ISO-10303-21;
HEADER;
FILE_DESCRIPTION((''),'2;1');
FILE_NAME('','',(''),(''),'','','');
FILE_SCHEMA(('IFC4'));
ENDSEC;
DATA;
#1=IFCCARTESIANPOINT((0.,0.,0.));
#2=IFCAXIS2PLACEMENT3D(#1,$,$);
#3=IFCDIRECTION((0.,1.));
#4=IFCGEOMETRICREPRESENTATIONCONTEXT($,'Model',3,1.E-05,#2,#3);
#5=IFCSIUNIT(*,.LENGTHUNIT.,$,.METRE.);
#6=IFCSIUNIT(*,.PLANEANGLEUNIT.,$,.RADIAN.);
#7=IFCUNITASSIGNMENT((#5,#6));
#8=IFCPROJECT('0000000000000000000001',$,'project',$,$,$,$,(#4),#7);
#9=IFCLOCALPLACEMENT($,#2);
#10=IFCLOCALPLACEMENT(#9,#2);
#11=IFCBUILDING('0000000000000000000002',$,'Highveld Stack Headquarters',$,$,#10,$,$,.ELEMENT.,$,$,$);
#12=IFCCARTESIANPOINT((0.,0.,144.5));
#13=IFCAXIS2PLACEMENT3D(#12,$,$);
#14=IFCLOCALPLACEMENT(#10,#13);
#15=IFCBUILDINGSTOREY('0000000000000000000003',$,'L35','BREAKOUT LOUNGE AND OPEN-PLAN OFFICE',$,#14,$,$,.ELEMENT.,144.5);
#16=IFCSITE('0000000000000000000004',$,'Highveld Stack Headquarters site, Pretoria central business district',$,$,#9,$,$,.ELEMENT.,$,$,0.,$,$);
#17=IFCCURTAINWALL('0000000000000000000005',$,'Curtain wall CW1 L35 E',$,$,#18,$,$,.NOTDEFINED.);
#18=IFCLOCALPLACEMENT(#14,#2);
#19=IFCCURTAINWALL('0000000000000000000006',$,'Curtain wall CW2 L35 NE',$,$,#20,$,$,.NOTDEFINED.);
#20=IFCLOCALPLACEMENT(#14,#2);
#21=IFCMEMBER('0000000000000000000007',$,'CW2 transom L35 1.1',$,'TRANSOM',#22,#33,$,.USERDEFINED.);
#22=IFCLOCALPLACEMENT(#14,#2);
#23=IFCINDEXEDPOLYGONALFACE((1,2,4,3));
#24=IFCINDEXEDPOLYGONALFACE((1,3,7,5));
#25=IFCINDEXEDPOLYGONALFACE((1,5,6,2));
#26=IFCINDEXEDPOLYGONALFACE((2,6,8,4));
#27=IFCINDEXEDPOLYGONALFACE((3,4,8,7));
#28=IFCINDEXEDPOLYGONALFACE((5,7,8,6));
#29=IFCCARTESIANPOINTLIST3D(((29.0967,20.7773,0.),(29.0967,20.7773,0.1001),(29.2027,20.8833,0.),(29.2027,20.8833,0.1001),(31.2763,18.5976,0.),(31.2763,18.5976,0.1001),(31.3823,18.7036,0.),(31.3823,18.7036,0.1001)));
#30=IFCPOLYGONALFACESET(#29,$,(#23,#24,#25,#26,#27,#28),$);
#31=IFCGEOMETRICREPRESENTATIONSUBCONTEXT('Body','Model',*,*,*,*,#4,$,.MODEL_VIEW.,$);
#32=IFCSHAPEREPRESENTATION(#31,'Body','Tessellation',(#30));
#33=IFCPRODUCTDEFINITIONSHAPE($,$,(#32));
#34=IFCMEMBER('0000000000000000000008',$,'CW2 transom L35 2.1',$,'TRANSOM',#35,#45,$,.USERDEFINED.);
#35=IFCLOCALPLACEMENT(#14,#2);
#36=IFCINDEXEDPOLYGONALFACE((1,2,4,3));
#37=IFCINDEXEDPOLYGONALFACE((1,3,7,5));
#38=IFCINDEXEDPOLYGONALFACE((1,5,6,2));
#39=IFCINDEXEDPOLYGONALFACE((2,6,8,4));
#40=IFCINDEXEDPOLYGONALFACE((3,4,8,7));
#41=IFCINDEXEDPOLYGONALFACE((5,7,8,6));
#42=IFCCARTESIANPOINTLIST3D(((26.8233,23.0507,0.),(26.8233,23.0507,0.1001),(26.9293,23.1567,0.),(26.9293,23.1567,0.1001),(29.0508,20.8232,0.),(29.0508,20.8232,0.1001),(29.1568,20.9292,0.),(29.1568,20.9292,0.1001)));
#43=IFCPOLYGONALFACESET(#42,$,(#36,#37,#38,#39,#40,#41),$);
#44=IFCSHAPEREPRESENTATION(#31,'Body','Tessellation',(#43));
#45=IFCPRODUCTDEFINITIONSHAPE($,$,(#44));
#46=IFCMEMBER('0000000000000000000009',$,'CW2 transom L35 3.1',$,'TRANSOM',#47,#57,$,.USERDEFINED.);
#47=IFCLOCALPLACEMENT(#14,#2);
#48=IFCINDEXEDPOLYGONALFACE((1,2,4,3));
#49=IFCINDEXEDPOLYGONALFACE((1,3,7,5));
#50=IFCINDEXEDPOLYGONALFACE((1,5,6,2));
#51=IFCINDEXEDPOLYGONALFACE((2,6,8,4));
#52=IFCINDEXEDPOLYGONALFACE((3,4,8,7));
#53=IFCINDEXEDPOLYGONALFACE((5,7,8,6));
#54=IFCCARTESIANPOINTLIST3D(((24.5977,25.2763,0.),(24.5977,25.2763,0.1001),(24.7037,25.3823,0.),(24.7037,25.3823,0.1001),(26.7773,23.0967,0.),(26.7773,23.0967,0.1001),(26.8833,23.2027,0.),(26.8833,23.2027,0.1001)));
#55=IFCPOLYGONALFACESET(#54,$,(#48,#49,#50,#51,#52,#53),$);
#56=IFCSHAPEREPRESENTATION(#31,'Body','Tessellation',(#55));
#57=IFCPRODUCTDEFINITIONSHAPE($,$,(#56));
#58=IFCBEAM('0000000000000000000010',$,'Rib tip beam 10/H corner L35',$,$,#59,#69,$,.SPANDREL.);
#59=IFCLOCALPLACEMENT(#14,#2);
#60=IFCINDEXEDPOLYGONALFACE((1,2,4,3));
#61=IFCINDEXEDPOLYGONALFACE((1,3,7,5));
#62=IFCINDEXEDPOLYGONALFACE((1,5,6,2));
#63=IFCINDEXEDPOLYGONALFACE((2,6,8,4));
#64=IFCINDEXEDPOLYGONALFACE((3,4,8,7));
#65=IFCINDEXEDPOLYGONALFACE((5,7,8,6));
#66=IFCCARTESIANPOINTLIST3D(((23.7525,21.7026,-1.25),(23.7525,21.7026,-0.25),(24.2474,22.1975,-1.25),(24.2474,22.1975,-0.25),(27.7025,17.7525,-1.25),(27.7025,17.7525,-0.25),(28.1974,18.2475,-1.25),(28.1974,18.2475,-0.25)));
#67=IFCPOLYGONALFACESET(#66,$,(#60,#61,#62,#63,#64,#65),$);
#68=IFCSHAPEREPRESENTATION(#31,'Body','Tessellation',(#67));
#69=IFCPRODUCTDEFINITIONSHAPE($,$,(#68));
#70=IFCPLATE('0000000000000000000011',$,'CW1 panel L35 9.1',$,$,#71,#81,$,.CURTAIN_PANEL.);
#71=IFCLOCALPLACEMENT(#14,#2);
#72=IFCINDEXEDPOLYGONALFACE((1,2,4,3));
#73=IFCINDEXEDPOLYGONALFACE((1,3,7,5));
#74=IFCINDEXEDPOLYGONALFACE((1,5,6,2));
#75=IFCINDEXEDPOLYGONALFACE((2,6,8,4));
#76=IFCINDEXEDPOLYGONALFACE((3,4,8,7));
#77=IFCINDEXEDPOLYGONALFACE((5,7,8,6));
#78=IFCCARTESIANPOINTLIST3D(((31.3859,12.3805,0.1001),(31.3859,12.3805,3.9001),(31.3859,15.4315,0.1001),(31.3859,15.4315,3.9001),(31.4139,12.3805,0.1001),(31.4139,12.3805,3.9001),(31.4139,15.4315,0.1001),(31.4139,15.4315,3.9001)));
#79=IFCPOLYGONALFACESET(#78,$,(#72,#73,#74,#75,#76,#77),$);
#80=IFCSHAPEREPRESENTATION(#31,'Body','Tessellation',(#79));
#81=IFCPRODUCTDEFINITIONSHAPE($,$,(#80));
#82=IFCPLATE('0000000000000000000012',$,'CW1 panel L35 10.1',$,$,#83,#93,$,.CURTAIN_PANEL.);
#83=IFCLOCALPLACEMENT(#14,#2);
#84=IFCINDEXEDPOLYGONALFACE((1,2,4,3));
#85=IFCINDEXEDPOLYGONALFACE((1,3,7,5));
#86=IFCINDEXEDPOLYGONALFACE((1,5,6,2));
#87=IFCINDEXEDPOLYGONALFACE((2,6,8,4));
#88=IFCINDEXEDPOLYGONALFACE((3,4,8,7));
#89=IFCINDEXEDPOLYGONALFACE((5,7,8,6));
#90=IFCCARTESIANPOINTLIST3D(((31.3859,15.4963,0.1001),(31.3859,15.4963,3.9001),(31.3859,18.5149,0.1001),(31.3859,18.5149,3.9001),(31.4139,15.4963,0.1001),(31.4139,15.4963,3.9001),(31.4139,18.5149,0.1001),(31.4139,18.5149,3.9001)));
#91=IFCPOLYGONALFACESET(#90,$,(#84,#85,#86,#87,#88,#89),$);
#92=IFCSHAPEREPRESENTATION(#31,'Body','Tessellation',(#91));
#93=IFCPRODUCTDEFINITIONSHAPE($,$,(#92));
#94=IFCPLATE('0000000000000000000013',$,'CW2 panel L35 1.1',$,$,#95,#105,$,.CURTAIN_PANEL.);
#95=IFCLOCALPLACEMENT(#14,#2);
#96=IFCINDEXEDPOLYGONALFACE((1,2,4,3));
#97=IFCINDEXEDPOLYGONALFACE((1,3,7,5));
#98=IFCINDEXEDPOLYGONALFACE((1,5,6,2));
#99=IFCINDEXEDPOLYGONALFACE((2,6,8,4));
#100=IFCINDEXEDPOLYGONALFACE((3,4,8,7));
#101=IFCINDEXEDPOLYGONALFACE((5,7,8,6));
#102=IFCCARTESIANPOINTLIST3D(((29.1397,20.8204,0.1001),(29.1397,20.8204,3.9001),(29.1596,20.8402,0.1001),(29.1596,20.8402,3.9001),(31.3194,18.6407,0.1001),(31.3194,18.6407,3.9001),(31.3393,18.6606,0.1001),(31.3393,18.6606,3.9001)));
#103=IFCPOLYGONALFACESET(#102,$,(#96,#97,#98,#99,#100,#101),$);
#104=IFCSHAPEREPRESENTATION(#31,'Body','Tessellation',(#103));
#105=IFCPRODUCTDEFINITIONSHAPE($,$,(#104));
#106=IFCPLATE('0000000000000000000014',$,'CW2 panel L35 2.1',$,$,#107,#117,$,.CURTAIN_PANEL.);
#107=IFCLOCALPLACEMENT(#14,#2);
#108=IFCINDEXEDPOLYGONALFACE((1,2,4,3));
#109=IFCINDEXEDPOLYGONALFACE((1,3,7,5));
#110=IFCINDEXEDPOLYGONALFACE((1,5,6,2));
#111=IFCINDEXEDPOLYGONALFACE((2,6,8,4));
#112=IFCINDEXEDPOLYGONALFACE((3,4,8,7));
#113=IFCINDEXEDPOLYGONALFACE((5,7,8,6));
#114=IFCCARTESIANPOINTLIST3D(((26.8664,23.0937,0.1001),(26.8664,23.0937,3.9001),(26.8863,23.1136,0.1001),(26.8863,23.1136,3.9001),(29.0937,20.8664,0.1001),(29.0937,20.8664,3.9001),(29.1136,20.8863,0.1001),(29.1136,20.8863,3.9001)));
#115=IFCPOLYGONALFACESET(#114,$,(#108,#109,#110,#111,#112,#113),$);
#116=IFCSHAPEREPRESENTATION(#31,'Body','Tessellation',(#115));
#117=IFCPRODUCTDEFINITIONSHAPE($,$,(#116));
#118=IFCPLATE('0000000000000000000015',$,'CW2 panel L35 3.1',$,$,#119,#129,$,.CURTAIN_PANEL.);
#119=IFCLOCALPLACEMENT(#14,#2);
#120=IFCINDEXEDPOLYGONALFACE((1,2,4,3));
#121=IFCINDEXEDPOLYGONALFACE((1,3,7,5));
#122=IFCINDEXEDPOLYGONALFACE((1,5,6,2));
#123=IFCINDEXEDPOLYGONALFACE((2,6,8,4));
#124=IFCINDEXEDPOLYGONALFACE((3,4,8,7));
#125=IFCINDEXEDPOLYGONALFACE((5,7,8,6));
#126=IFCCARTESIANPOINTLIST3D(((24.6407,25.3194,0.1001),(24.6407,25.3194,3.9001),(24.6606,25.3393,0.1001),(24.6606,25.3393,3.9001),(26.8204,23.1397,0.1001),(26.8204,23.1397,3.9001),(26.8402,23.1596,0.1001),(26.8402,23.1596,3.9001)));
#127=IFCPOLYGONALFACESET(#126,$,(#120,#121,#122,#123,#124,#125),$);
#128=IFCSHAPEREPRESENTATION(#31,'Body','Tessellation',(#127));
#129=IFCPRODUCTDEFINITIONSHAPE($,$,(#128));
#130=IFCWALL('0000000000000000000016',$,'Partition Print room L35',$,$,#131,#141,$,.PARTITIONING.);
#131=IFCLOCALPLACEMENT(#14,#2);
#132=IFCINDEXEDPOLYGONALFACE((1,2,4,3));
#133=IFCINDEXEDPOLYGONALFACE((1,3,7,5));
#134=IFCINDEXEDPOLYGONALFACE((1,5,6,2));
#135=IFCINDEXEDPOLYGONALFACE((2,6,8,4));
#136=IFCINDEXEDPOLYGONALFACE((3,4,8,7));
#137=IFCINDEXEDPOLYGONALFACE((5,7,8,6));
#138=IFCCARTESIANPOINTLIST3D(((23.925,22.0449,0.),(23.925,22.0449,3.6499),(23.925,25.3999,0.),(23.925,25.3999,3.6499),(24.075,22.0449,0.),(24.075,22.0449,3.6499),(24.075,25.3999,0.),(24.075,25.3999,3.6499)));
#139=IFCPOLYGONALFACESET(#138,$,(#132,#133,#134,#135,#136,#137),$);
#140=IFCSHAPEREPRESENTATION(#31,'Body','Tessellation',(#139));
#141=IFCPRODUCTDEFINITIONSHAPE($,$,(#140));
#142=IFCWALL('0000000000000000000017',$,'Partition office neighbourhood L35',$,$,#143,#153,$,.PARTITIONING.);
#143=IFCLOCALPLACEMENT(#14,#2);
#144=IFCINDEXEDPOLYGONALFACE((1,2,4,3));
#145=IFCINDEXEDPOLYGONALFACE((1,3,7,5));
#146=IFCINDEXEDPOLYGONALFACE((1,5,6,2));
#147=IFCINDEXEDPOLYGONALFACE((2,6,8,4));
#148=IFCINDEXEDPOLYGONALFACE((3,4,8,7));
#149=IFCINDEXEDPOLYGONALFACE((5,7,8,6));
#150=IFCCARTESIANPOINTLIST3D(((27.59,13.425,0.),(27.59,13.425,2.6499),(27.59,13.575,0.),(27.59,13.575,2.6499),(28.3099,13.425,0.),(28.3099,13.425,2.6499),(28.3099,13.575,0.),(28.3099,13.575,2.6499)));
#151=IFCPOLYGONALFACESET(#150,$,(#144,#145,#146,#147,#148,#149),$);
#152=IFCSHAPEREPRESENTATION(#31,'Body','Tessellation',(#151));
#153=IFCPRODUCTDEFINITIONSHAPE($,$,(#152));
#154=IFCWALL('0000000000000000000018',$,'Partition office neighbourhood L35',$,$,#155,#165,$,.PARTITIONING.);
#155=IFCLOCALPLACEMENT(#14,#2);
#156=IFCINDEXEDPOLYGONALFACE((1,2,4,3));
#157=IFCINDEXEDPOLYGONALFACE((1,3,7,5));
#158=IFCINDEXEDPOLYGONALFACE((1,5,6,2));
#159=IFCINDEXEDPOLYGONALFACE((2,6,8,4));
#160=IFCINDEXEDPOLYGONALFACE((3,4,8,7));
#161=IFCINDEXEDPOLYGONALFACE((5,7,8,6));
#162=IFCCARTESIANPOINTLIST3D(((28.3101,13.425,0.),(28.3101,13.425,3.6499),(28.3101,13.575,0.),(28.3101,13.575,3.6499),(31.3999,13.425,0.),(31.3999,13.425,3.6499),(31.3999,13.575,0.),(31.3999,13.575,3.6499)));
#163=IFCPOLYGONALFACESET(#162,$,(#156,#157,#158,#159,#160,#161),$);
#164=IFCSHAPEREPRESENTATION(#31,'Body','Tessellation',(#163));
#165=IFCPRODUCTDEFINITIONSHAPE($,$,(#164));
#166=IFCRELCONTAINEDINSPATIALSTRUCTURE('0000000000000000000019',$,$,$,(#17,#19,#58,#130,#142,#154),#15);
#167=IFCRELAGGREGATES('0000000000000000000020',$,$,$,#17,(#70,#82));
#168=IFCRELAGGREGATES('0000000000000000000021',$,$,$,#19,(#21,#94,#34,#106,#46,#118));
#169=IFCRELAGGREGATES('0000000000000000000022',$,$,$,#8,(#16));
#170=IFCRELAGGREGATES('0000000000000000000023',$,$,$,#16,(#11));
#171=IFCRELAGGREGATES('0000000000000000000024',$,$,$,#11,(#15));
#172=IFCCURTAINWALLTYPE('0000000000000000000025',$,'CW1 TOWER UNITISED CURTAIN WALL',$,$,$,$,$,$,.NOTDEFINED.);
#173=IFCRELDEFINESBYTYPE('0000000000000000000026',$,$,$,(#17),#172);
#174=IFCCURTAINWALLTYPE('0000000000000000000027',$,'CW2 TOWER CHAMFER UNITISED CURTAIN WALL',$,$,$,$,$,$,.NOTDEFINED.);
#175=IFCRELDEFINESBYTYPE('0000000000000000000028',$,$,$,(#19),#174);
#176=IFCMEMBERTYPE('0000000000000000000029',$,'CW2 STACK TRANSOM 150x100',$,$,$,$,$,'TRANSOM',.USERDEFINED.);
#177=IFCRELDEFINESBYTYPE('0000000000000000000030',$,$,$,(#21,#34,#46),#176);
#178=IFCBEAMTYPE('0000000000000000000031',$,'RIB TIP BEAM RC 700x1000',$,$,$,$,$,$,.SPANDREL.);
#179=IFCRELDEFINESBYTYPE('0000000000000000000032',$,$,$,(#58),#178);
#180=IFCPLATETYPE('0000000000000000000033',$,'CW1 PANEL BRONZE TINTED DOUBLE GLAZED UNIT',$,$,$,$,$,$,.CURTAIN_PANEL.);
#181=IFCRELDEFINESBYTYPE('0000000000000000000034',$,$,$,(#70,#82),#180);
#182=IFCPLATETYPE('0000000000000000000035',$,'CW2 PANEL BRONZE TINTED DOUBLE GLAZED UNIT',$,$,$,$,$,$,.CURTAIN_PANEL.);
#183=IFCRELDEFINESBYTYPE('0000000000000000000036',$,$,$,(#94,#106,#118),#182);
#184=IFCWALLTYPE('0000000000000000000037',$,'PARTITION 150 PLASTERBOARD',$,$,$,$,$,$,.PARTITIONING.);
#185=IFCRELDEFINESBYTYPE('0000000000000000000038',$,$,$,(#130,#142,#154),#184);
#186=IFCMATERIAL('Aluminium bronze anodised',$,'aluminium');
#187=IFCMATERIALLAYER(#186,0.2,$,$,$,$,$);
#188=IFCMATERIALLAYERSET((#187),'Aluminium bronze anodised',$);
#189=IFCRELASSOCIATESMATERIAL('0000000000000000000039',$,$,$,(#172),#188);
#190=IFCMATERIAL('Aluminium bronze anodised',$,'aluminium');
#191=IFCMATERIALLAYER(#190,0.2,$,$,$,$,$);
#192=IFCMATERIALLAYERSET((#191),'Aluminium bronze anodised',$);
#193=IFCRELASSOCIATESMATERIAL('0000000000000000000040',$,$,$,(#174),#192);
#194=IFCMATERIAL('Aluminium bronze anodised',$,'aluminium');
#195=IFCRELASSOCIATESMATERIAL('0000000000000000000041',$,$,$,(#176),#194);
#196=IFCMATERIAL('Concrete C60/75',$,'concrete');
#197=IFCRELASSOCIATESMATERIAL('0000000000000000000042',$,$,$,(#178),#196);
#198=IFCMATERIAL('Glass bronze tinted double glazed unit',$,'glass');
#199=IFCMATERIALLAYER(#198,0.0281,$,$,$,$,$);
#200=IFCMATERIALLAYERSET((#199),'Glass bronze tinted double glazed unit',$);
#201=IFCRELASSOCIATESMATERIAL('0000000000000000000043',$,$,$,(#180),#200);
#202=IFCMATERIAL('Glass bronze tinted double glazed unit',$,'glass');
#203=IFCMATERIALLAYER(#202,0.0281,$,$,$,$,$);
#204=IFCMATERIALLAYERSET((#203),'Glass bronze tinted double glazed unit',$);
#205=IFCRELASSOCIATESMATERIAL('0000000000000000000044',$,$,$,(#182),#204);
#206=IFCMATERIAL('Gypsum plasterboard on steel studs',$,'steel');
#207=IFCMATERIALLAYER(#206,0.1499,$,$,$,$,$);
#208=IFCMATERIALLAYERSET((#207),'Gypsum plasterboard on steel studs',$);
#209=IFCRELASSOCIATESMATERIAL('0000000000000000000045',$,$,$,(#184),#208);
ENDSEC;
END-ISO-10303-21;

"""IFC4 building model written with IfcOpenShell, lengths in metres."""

from ifc_helpers import new_model, si_unit, direction, frame, frame_2d, origin, origin_2d, place, context, subcontext, project, spatial, rectangle, extrude, material, layer, layer_set, material_profile, profile_set, type_object, element, aggregate, save


model = new_model("IFC4")

# Units and contexts
model_context = context("Model", 3, precision=1e-05, world=origin(), true_north=direction((0.0, 1.0)))
body_context = subcontext(model_context, "Body", "Model", "MODEL_VIEW")
ifc_project = project(units=[si_unit("LENGTHUNIT", "METRE"), si_unit("PLANEANGLEUNIT", "RADIAN")], contexts=[model_context])

# Site, building, storey
site_placement = place(None, origin())
site = spatial("IfcSite", under=ifc_project, at=site_placement, Name="Highveld Stack Headquarters site, Pretoria central business district", CompositionType="ELEMENT", RefElevation=0.0)
building_placement = place(site_placement, origin())
building = spatial("IfcBuilding", under=site, at=building_placement, Name="Highveld Stack Headquarters", CompositionType="ELEMENT")
storey_placement = place(building_placement, frame((0.0, 0.0, 144.5)))
storey = spatial("IfcBuildingStorey", under=building, at=storey_placement, Name="L35", Description="BREAKOUT LOUNGE AND OPEN-PLAN OFFICE", CompositionType="ELEMENT", Elevation=144.5)

# Curtain wall
ifc_material_1 = material(Name="Aluminium bronze anodised", Category="aluminium")
ifc_layer_1 = layer(ifc_material_1, 0.2)
ifc_layer_set_1 = layer_set([ifc_layer_1], Name="Aluminium bronze anodised")
curtain_wall_type_1 = type_object("IfcCurtainWallType", Name="CW1 TOWER UNITISED CURTAIN WALL", PredefinedType="NOTDEFINED", material=ifc_layer_set_1)
curtain_wall_1_placement = place(storey_placement, origin())
curtain_wall_1 = element("IfcCurtainWall", 1, at=curtain_wall_1_placement, inside=storey, type_object=curtain_wall_type_1, Name="Curtain wall CW1 L35 E", PredefinedType="NOTDEFINED")

# Curtain wall, members
ifc_material_2 = material(Name="Aluminium bronze anodised", Category="aluminium")
ifc_layer_2 = layer(ifc_material_2, 0.2)
ifc_layer_set_2 = layer_set([ifc_layer_2], Name="Aluminium bronze anodised")
curtain_wall_type_2 = type_object("IfcCurtainWallType", Name="CW2 TOWER CHAMFER UNITISED CURTAIN WALL", PredefinedType="NOTDEFINED", material=ifc_layer_set_2)
curtain_wall_2_placement = place(storey_placement, origin())
curtain_wall_2 = element("IfcCurtainWall", 2, at=curtain_wall_2_placement, inside=storey, type_object=curtain_wall_type_2, Name="Curtain wall CW2 L35 NE", PredefinedType="NOTDEFINED")
ifc_material_3 = material(Name="Aluminium bronze anodised", Category="aluminium")
ifc_material_profile_1 = material_profile(ifc_material_3, rectangle(XDim=0.1499, YDim=0.1001, at=origin_2d()), Name="CW2 TRANSOM 150x100")
ifc_profile_set_1 = profile_set([ifc_material_profile_1], Name="Aluminium bronze anodised")
member_type_1 = type_object("IfcMemberType", Name="CW2 STACK TRANSOM 150x100", ElementType="TRANSOM", PredefinedType="USERDEFINED", material=ifc_profile_set_1)
member_1_placement = place(storey_placement, frame((31.3293, 18.6506, 0.05), z_axis=(-0.707107, 0.707107, 0.0), x_axis=(-0.707107, -0.707107, 0.0)))
member_1 = element("IfcMember", 3, at=member_1_placement, type_object=member_type_1, Name="CW2 transom L35 1.1", ObjectType="TRANSOM", PredefinedType="USERDEFINED", context=body_context, shape_type="SweptSolid", body=[
    extrude(rectangle(XDim=0.1499, YDim=0.1001, at=origin_2d()), origin(), (0.0, 0.0, 1.0), 3.0825),
])
member_2_placement = place(storey_placement, frame((29.1038, 20.8762, 0.05), z_axis=(-0.707107, 0.707107, 0.0), x_axis=(-0.707107, -0.707107, 0.0)))
member_2 = element("IfcMember", 4, at=member_2_placement, type_object=member_type_1, Name="CW2 transom L35 2.1", ObjectType="TRANSOM", PredefinedType="USERDEFINED", context=body_context, shape_type="SweptSolid", body=[
    extrude(rectangle(XDim=0.1499, YDim=0.1001, at=origin_2d()), origin(), (0.0, 0.0, 1.0), 3.1501),
])
member_3_placement = place(storey_placement, frame((26.8303, 23.1497, 0.05), z_axis=(-0.707107, 0.707107, 0.0), x_axis=(-0.707107, -0.707107, 0.0)))
member_3 = element("IfcMember", 5, at=member_3_placement, type_object=member_type_1, Name="CW2 transom L35 3.1", ObjectType="TRANSOM", PredefinedType="USERDEFINED", context=body_context, shape_type="SweptSolid", body=[
    extrude(rectangle(XDim=0.1499, YDim=0.1001, at=origin_2d()), origin(), (0.0, 0.0, 1.0), 3.0825),
])

# Beam
ifc_material_4 = material(Name="Concrete C60/75", Category="concrete")
ifc_material_profile_2 = material_profile(ifc_material_4, rectangle(XDim=0.7, YDim=1.0, at=origin_2d()), Name="RC 700x1000")
ifc_profile_set_2 = profile_set([ifc_material_profile_2], Name="Concrete C60/75")
beam_type = type_object("IfcBeamType", Name="RIB TIP BEAM RC 700x1000", PredefinedType="SPANDREL", material=ifc_profile_set_2)
beam_placement = place(storey_placement, frame((27.95, 18.0, -0.75), z_axis=(-0.707107, 0.707107, 0.0), x_axis=(-0.707107, -0.707107, 0.0)))
element("IfcBeam", 6, at=beam_placement, inside=storey, type_object=beam_type, Name="Rib tip beam 10/H corner L35", PredefinedType="SPANDREL", context=body_context, shape_type="SweptSolid", body=[
    extrude(rectangle(XDim=0.7, YDim=1.0, at=origin_2d()), origin(), (0.0, 0.0, 1.0), 5.5862),
])

# Plates
ifc_material_5 = material(Name="Glass bronze tinted double glazed unit", Category="glass")
ifc_layer_3 = layer(ifc_material_5, 0.0281)
ifc_layer_set_3 = layer_set([ifc_layer_3], Name="Glass bronze tinted double glazed unit")
plate_type_1 = type_object("IfcPlateType", Name="CW1 PANEL BRONZE TINTED DOUBLE GLAZED UNIT", PredefinedType="CURTAIN_PANEL", material=ifc_layer_set_3)
plate_1_placement = place(storey_placement, frame((31.3999, 13.906, 0.1001), z_axis=(0.0, 0.0, 1.0), x_axis=(0.0, 1.0, 0.0)))
plate_1 = element("IfcPlate", 7, at=plate_1_placement, type_object=plate_type_1, Name="CW1 panel L35 9.1", PredefinedType="CURTAIN_PANEL", context=body_context, shape_type="SweptSolid", body=[
    extrude(rectangle(XDim=3.051, YDim=0.0281, at=origin_2d()), origin(), (0.0, 0.0, 1.0), 3.8),
])
plate_2_placement = place(storey_placement, frame((31.3999, 17.0056, 0.1001), z_axis=(0.0, 0.0, 1.0), x_axis=(0.0, 1.0, 0.0)))
plate_2 = element("IfcPlate", 8, at=plate_2_placement, type_object=plate_type_1, Name="CW1 panel L35 10.1", PredefinedType="CURTAIN_PANEL", context=body_context, shape_type="SweptSolid", body=[
    extrude(rectangle(XDim=3.0186, YDim=0.0281, at=origin_2d()), origin(), (0.0, 0.0, 1.0), 3.8),
])
aggregate(curtain_wall_1, [plate_1, plate_2])
ifc_material_6 = material(Name="Glass bronze tinted double glazed unit", Category="glass")
ifc_layer_4 = layer(ifc_material_6, 0.0281)
ifc_layer_set_4 = layer_set([ifc_layer_4], Name="Glass bronze tinted double glazed unit")
plate_type_2 = type_object("IfcPlateType", Name="CW2 PANEL BRONZE TINTED DOUBLE GLAZED UNIT", PredefinedType="CURTAIN_PANEL", material=ifc_layer_set_4)
plate_3_placement = place(storey_placement, frame((30.2395, 19.7405, 0.1001), z_axis=(0.0, 0.0, 1.0), x_axis=(-0.707107, 0.707107, 0.0)))
plate_3 = element("IfcPlate", 9, at=plate_3_placement, type_object=plate_type_2, Name="CW2 panel L35 1.1", PredefinedType="CURTAIN_PANEL", context=body_context, shape_type="SweptSolid", body=[
    extrude(rectangle(XDim=3.0825, YDim=0.0281, at=origin_2d()), origin(), (0.0, 0.0, 1.0), 3.8),
])
plate_4_placement = place(storey_placement, frame((27.99, 21.99, 0.1001), z_axis=(0.0, 0.0, 1.0), x_axis=(-0.707107, 0.707107, 0.0)))
plate_4 = element("IfcPlate", 10, at=plate_4_placement, type_object=plate_type_2, Name="CW2 panel L35 2.1", PredefinedType="CURTAIN_PANEL", context=body_context, shape_type="SweptSolid", body=[
    extrude(rectangle(XDim=3.1499, YDim=0.0281, at=origin_2d()), origin(), (0.0, 0.0, 1.0), 3.8),
])
plate_5_placement = place(storey_placement, frame((25.7405, 24.2395, 0.1001), z_axis=(0.0, 0.0, 1.0), x_axis=(-0.707107, 0.707107, 0.0)))
plate_5 = element("IfcPlate", 11, at=plate_5_placement, type_object=plate_type_2, Name="CW2 panel L35 3.1", PredefinedType="CURTAIN_PANEL", context=body_context, shape_type="SweptSolid", body=[
    extrude(rectangle(XDim=3.0825, YDim=0.0281, at=origin_2d()), origin(), (0.0, 0.0, 1.0), 3.8),
])
aggregate(curtain_wall_2, [member_1, plate_3, member_2, plate_4, member_3, plate_5])

# Walls
ifc_material_7 = material(Name="Gypsum plasterboard on steel studs", Category="steel")
ifc_layer_5 = layer(ifc_material_7, 0.1499)
ifc_layer_set_5 = layer_set([ifc_layer_5], Name="Gypsum plasterboard on steel studs")
wall_type = type_object("IfcWallType", Name="PARTITION 150 PLASTERBOARD", PredefinedType="PARTITIONING", material=ifc_layer_set_5)
wall_1_placement = place(storey_placement, frame((24.0, 22.0449, 0.0), z_axis=(0.0, 0.0, 1.0), x_axis=(0.0, 1.0, 0.0)))
element("IfcWall", 12, at=wall_1_placement, inside=storey, type_object=wall_type, Name="Partition Print room L35", PredefinedType="PARTITIONING", context=body_context, shape_type="SweptSolid", body=[
    extrude(rectangle(XDim=3.355, YDim=0.1499, at=frame_2d((1.6775, 0.0))), origin(), (0.0, 0.0, 1.0), 3.6499),
])
wall_2_placement = place(storey_placement, frame((27.5901, 13.5, 0.0), z_axis=(0.0, 0.0, 1.0), x_axis=(1.0, 0.0, 0.0)))
element("IfcWall", 13, at=wall_2_placement, inside=storey, type_object=wall_type, Name="Partition office neighbourhood L35", PredefinedType="PARTITIONING", context=body_context, shape_type="SweptSolid", body=[
    extrude(rectangle(XDim=0.72, YDim=0.1499, at=frame_2d((0.3599, 0.0))), origin(), (0.0, 0.0, 1.0), 2.6499),
])
wall_3_placement = place(storey_placement, frame((28.3101, 13.5, 0.0), z_axis=(0.0, 0.0, 1.0), x_axis=(1.0, 0.0, 0.0)))
element("IfcWall", 14, at=wall_3_placement, inside=storey, type_object=wall_type, Name="Partition office neighbourhood L35", PredefinedType="PARTITIONING", context=body_context, shape_type="SweptSolid", body=[
    extrude(rectangle(XDim=3.0898, YDim=0.1499, at=frame_2d((1.5449, 0.0))), origin(), (0.0, 0.0, 1.0), 3.6499),
])

save(model, "model.ifc")
